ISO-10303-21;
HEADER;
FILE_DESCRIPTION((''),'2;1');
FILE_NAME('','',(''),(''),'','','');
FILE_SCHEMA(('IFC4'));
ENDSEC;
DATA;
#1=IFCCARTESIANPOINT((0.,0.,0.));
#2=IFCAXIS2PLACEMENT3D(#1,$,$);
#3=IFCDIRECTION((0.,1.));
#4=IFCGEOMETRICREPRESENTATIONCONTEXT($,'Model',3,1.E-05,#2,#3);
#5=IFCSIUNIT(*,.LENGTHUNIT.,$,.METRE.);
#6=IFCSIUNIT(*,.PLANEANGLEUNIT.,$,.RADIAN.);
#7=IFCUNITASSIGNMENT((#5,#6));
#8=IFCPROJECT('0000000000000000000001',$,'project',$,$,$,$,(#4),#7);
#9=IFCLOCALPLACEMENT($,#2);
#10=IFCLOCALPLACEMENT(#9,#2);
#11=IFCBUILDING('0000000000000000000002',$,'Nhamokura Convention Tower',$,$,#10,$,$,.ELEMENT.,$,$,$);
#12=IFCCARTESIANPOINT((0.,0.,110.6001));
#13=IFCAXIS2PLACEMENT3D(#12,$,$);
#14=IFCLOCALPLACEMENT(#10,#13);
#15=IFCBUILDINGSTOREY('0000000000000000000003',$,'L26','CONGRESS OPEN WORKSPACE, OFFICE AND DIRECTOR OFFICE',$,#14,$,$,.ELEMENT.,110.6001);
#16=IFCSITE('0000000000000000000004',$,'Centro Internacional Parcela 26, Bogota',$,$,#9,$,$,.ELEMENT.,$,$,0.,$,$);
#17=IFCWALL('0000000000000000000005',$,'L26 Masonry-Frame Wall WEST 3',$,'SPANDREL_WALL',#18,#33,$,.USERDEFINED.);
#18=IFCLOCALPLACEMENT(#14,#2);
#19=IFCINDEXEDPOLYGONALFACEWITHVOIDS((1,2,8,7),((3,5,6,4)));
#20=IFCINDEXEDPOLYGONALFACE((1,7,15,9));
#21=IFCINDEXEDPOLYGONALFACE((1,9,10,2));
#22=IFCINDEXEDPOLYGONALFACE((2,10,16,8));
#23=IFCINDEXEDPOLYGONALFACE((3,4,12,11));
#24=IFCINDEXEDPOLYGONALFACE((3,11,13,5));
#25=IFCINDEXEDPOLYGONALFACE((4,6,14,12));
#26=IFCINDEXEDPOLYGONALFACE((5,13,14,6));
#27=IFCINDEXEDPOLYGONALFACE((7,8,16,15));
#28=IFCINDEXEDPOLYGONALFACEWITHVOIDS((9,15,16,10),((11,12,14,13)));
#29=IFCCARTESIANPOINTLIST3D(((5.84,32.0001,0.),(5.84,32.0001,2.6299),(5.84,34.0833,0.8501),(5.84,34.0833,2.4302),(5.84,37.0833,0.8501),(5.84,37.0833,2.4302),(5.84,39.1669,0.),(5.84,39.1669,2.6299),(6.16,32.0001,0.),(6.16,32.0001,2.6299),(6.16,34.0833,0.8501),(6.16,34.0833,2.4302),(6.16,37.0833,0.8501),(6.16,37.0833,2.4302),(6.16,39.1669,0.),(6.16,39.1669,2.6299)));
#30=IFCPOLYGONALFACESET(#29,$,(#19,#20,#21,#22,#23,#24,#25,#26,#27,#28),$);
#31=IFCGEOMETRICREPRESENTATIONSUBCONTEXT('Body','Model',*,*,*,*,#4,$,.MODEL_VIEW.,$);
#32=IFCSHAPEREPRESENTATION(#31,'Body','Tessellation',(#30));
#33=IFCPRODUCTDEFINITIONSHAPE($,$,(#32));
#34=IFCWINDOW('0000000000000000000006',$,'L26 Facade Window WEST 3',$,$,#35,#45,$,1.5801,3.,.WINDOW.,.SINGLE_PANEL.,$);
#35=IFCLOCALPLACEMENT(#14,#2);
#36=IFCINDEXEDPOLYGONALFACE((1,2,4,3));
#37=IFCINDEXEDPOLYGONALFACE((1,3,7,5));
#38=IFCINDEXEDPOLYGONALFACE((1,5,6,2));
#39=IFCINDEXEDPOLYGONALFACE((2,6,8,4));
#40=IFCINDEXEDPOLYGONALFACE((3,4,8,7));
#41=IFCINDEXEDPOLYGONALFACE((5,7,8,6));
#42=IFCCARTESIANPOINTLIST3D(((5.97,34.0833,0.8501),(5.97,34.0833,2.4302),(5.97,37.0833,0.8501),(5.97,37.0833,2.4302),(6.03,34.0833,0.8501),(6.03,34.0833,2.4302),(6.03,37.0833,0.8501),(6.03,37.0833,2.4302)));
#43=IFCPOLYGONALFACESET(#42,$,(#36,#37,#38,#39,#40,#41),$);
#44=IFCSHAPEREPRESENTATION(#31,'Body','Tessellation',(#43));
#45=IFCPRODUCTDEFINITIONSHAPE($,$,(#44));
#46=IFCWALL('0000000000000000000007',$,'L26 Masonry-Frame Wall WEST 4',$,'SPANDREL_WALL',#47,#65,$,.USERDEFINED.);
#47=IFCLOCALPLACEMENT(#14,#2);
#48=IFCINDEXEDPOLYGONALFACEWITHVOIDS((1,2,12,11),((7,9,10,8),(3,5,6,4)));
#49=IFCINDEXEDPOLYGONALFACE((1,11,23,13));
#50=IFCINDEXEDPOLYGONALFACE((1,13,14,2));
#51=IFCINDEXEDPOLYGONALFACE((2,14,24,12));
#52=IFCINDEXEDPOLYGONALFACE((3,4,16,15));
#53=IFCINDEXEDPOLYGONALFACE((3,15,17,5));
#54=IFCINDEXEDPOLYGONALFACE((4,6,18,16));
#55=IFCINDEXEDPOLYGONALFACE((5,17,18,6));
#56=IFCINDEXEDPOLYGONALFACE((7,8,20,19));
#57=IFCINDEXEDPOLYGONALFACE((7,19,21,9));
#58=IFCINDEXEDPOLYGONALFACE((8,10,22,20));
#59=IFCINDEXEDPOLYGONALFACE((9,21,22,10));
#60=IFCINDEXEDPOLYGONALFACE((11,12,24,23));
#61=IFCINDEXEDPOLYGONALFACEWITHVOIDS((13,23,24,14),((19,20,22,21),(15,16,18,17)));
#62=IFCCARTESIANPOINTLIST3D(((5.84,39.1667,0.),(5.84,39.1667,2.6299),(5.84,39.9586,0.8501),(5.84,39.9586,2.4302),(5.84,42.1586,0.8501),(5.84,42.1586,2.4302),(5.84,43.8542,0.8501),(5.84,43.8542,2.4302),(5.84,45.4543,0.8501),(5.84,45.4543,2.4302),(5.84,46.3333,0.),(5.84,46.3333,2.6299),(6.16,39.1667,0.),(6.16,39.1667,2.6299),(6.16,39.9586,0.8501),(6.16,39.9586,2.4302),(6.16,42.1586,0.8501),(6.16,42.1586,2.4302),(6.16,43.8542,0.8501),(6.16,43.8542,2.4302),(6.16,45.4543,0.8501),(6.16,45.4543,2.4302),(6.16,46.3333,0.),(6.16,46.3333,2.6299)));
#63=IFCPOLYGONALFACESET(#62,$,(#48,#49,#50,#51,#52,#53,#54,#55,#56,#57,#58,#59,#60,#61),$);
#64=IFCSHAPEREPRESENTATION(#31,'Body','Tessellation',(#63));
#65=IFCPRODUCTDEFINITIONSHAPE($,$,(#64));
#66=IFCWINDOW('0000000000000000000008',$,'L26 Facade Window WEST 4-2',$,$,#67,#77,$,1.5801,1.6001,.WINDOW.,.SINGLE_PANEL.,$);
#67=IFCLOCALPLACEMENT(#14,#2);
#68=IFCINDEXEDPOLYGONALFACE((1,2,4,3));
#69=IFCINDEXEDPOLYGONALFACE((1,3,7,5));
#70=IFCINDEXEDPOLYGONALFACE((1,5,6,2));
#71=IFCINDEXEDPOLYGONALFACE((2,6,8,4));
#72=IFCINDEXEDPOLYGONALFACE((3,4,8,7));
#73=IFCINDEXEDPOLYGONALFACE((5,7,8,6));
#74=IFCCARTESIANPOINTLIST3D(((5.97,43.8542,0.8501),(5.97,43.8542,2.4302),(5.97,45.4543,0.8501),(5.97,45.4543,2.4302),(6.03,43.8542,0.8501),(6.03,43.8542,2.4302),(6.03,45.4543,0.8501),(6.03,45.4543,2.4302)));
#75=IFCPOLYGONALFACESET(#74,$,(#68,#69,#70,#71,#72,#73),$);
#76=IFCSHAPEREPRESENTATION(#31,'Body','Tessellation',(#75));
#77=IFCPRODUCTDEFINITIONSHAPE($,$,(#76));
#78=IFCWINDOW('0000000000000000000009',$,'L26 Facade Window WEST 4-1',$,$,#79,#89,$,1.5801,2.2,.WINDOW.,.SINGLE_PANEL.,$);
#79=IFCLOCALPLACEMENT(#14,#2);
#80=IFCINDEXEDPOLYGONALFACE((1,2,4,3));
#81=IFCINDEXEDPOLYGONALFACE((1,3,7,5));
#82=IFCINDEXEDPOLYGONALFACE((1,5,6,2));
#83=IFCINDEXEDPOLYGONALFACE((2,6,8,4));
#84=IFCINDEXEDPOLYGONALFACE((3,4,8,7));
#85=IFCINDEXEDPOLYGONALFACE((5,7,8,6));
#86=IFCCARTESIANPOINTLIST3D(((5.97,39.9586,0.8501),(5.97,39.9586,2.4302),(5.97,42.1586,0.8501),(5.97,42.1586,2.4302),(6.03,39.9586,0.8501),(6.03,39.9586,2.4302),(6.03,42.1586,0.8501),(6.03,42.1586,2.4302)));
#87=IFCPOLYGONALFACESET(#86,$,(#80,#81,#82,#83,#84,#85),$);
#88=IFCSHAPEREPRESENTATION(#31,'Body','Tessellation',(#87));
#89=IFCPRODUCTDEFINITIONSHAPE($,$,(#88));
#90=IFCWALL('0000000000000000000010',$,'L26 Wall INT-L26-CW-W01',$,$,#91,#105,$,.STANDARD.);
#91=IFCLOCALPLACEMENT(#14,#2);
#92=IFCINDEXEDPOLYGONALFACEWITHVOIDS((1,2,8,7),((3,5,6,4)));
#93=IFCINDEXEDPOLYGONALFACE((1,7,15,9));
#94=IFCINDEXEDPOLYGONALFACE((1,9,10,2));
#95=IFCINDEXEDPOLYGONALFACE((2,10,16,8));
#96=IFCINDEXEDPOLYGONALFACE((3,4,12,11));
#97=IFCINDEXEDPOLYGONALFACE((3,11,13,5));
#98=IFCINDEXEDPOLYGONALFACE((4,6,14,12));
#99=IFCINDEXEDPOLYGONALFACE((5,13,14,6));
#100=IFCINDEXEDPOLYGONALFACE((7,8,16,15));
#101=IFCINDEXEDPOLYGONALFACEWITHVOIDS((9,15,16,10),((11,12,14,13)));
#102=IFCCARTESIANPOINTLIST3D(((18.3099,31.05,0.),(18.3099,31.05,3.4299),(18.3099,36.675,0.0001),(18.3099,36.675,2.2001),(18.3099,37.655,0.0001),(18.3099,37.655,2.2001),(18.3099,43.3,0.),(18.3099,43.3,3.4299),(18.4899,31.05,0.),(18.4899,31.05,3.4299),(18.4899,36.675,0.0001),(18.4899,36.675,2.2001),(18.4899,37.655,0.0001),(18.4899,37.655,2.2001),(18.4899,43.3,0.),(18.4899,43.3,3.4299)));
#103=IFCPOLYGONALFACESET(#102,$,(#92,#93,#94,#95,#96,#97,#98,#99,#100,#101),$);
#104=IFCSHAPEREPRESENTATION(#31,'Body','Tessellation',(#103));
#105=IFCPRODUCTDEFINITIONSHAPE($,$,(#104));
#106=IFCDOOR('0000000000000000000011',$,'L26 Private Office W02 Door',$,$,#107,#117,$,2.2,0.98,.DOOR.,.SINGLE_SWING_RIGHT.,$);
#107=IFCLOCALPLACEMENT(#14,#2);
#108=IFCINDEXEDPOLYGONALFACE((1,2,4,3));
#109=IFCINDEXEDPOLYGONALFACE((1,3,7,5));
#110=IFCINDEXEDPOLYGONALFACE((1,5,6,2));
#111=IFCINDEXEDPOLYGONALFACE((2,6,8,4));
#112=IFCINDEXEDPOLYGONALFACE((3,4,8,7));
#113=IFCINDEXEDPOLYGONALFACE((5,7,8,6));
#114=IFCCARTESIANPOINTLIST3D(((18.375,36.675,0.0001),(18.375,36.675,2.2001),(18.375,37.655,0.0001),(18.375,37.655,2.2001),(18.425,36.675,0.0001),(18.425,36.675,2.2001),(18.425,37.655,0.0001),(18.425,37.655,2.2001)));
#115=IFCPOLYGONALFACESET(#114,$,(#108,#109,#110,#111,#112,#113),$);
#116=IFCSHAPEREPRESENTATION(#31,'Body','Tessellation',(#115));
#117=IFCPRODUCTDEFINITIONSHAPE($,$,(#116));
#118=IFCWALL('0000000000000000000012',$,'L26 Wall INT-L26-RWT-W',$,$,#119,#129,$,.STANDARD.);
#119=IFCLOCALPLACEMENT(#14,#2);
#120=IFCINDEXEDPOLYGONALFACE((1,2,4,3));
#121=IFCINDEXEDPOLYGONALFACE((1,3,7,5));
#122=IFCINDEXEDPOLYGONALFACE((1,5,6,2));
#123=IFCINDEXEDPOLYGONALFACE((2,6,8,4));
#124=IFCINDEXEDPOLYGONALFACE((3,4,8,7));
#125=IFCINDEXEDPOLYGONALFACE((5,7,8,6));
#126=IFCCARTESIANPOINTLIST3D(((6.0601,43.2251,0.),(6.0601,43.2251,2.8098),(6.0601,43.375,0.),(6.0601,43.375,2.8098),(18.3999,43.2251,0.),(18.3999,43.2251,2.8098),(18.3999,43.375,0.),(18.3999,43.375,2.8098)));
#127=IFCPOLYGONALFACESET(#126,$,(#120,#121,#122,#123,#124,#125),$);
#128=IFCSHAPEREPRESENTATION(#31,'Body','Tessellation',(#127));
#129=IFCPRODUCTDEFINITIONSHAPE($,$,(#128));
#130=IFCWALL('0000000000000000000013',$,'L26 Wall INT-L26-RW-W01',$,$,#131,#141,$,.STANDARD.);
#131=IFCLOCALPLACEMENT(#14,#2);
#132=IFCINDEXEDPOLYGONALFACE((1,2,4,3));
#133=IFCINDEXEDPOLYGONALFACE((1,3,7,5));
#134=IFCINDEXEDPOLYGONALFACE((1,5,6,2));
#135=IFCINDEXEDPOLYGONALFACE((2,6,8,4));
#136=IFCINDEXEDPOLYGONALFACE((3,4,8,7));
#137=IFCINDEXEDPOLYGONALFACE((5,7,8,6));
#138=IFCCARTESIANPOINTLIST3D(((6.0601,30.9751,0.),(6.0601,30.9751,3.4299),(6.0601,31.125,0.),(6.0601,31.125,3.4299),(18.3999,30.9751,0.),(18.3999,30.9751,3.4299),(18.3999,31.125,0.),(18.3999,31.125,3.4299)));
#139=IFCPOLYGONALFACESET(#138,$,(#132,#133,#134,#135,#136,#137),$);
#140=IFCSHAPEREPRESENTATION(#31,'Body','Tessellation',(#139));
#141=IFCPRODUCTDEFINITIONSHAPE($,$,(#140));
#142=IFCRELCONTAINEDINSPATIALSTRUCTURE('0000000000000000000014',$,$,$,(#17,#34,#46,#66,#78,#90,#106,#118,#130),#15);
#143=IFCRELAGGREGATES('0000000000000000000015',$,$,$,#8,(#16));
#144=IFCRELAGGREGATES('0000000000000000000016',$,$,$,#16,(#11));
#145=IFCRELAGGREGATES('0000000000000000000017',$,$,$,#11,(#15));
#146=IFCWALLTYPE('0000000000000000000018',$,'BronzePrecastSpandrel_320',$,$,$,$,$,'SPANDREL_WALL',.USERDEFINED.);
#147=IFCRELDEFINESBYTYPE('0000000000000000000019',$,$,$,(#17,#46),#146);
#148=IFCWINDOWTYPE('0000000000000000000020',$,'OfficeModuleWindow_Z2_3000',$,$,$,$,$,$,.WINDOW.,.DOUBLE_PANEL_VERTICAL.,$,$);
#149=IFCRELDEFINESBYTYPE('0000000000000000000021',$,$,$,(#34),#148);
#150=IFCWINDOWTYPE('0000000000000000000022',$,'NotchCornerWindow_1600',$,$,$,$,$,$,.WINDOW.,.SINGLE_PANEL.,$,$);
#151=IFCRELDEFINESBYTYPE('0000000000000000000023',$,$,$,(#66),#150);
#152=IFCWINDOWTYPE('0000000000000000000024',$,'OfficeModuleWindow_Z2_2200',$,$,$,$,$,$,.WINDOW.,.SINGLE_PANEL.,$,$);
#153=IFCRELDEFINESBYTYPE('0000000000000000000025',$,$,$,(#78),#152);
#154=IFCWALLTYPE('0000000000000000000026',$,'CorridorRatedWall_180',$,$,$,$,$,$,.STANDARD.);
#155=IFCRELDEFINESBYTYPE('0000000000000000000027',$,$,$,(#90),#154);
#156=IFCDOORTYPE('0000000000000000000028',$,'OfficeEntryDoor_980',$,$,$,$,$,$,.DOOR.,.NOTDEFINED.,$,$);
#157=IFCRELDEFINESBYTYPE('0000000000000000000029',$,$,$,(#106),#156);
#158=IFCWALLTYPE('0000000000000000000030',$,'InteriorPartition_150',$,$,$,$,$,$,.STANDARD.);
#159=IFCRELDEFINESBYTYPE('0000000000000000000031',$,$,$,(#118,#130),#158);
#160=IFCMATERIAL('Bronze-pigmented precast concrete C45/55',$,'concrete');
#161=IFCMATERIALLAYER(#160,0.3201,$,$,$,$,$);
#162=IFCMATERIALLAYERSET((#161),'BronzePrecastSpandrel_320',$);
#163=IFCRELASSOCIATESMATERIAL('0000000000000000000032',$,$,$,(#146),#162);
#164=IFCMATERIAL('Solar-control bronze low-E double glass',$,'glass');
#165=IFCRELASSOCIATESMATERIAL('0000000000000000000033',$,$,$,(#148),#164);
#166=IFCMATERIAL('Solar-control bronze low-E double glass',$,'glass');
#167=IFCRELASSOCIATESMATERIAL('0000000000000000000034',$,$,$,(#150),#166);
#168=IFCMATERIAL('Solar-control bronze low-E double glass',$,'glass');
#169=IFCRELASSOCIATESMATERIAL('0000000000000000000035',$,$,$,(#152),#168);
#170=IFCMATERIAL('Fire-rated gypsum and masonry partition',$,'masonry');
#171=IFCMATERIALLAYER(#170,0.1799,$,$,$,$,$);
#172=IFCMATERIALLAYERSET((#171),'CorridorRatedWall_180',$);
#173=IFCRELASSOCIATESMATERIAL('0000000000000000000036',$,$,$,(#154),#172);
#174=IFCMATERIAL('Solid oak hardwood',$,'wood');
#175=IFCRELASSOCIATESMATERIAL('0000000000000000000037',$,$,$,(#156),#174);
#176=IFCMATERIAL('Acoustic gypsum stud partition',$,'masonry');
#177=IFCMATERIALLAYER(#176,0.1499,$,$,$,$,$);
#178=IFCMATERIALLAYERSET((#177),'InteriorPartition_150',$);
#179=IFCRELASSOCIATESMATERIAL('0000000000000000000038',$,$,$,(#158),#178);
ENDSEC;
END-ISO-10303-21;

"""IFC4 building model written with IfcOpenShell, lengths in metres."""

from ifc_helpers import new_model, si_unit, direction, frame, frame_2d, origin, place, context, subcontext, project, spatial, rectangle, extrude, material, layer, layer_set, type_object, element, fill, save


model = new_model("IFC4")

# Units and contexts
model_context = context("Model", 3, precision=1e-05, world=origin(), true_north=direction((0.0, 1.0)))
body_context = subcontext(model_context, "Body", "Model", "MODEL_VIEW")
ifc_project = project(units=[si_unit("LENGTHUNIT", "METRE"), si_unit("PLANEANGLEUNIT", "RADIAN")], contexts=[model_context])

# Site, building, storey
site_placement = place(None, origin())
site = spatial("IfcSite", under=ifc_project, at=site_placement, Name="Centro Internacional Parcela 26, Bogota", CompositionType="ELEMENT", RefElevation=0.0)
building_placement = place(site_placement, origin())
building = spatial("IfcBuilding", under=site, at=building_placement, Name="Nhamokura Convention Tower", CompositionType="ELEMENT")
storey_placement = place(building_placement, frame((0.0, 0.0, 110.6001)))
storey = spatial("IfcBuildingStorey", under=building, at=storey_placement, Name="L26", Description="CONGRESS OPEN WORKSPACE, OFFICE AND DIRECTOR OFFICE", CompositionType="ELEMENT", Elevation=110.6001)

# Wall, opening, window
ifc_material_1 = material(Name="Bronze-pigmented precast concrete C45/55", Category="concrete")
ifc_layer_1 = layer(ifc_material_1, 0.3201)
ifc_layer_set_1 = layer_set([ifc_layer_1], Name="BronzePrecastSpandrel_320")
wall_type_1 = type_object("IfcWallType", Name="BronzePrecastSpandrel_320", ElementType="SPANDREL_WALL", PredefinedType="USERDEFINED", material=ifc_layer_set_1)
wall_1_placement = place(storey_placement, frame((6.0, 32.0, 0.0), z_axis=(0.0, 0.0, 1.0), x_axis=(0.0, 1.0, 0.0)))
wall_1 = element("IfcWall", 1, at=wall_1_placement, inside=storey, type_object=wall_type_1, Name="L26 Masonry-Frame Wall WEST 3", ObjectType="SPANDREL_WALL", PredefinedType="USERDEFINED", context=body_context, shape_type="SweptSolid", body=[
    extrude(rectangle(XDim=7.1667, YDim=0.3201, at=frame_2d((3.5835, 0.0))), origin(), (0.0, 0.0, 1.0), 2.6299),
])
opening_1_placement = place(wall_1_placement, frame((2.0833, 0.0, 0.8501)))
opening_1 = element("IfcOpeningElement", 2, at=opening_1_placement, cuts=wall_1, PredefinedType="OPENING", context=body_context, shape_type="SweptSolid", body=[
    extrude(rectangle(XDim=3.0, YDim=1.5801, at=frame_2d((1.5, 0.79))), frame((0.0, 0.1699, 0.0), z_axis=(0.0, -1.0, 0.0), x_axis=(1.0, 0.0, 0.0)), (0.0, 0.0, 1.0), 0.3401),
])
ifc_material_2 = material(Name="Solar-control bronze low-E double glass", Category="glass")
window_type_1 = type_object("IfcWindowType", Name="OfficeModuleWindow_Z2_3000", PartitioningType="DOUBLE_PANEL_VERTICAL", PredefinedType="WINDOW", material=ifc_material_2)
window_1_placement = place(opening_1_placement, origin())
window_1 = element("IfcWindow", 3, at=window_1_placement, inside=storey, type_object=window_type_1, Name="L26 Facade Window WEST 3", OverallHeight=1.5801, OverallWidth=3.0, PartitioningType="SINGLE_PANEL", PredefinedType="WINDOW", context=body_context, shape_type="SweptSolid", body=[
    extrude(rectangle(XDim=3.0, YDim=1.5801, at=frame_2d((1.5, 0.79))), frame((0.0, 0.03, 0.0), z_axis=(0.0, -1.0, 0.0), x_axis=(1.0, 0.0, 0.0)), (0.0, 0.0, 1.0), 0.0601),
])
fill(opening_1, window_1)

# Wall, openings, windows
wall_2_placement = place(storey_placement, frame((6.0, 39.1667, 0.0), z_axis=(0.0, 0.0, 1.0), x_axis=(0.0, 1.0, 0.0)))
wall_2 = element("IfcWall", 4, at=wall_2_placement, inside=storey, type_object=wall_type_1, Name="L26 Masonry-Frame Wall WEST 4", ObjectType="SPANDREL_WALL", PredefinedType="USERDEFINED", context=body_context, shape_type="SweptSolid", body=[
    extrude(rectangle(XDim=7.1665, YDim=0.3201, at=frame_2d((3.5833, 0.0))), origin(), (0.0, 0.0, 1.0), 2.6299),
])
opening_2_placement = place(wall_2_placement, frame((0.7917, 0.0, 0.8501)))
opening_2 = element("IfcOpeningElement", 5, at=opening_2_placement, cuts=wall_2, PredefinedType="OPENING", context=body_context, shape_type="SweptSolid", body=[
    extrude(rectangle(XDim=2.2, YDim=1.5801, at=frame_2d((1.1001, 0.79))), frame((0.0, 0.1699, 0.0), z_axis=(0.0, -1.0, 0.0), x_axis=(1.0, 0.0, 0.0)), (0.0, 0.0, 1.0), 0.3401),
])
opening_3_placement = place(wall_2_placement, frame((4.6875, 0.0, 0.8501)))
opening_3 = element("IfcOpeningElement", 6, at=opening_3_placement, cuts=wall_2, PredefinedType="OPENING", context=body_context, shape_type="SweptSolid", body=[
    extrude(rectangle(XDim=1.6001, YDim=1.5801, at=frame_2d((0.8, 0.79))), frame((0.0, 0.1699, 0.0), z_axis=(0.0, -1.0, 0.0), x_axis=(1.0, 0.0, 0.0)), (0.0, 0.0, 1.0), 0.3401),
])
ifc_material_3 = material(Name="Solar-control bronze low-E double glass", Category="glass")
window_type_2 = type_object("IfcWindowType", Name="NotchCornerWindow_1600", PartitioningType="SINGLE_PANEL", PredefinedType="WINDOW", material=ifc_material_3)
window_2_placement = place(opening_3_placement, origin())
window_2 = element("IfcWindow", 7, at=window_2_placement, inside=storey, type_object=window_type_2, Name="L26 Facade Window WEST 4-2", OverallHeight=1.5801, OverallWidth=1.6001, PartitioningType="SINGLE_PANEL", PredefinedType="WINDOW", context=body_context, shape_type="SweptSolid", body=[
    extrude(rectangle(XDim=1.6001, YDim=1.5801, at=frame_2d((0.8, 0.79))), frame((0.0, 0.03, 0.0), z_axis=(0.0, -1.0, 0.0), x_axis=(1.0, 0.0, 0.0)), (0.0, 0.0, 1.0), 0.0601),
])
fill(opening_3, window_2)
ifc_material_4 = material(Name="Solar-control bronze low-E double glass", Category="glass")
window_type_3 = type_object("IfcWindowType", Name="OfficeModuleWindow_Z2_2200", PartitioningType="SINGLE_PANEL", PredefinedType="WINDOW", material=ifc_material_4)
window_3_placement = place(opening_2_placement, origin())
window_3 = element("IfcWindow", 8, at=window_3_placement, inside=storey, type_object=window_type_3, Name="L26 Facade Window WEST 4-1", OverallHeight=1.5801, OverallWidth=2.2, PartitioningType="SINGLE_PANEL", PredefinedType="WINDOW", context=body_context, shape_type="SweptSolid", body=[
    extrude(rectangle(XDim=2.2, YDim=1.5801, at=frame_2d((1.1001, 0.79))), frame((0.0, 0.03, 0.0), z_axis=(0.0, -1.0, 0.0), x_axis=(1.0, 0.0, 0.0)), (0.0, 0.0, 1.0), 0.0601),
])
fill(opening_2, window_3)

# Wall, opening, door
ifc_material_5 = material(Name="Fire-rated gypsum and masonry partition", Category="masonry")
ifc_layer_2 = layer(ifc_material_5, 0.1799)
ifc_layer_set_2 = layer_set([ifc_layer_2], Name="CorridorRatedWall_180")
wall_type_2 = type_object("IfcWallType", Name="CorridorRatedWall_180", PredefinedType="STANDARD", material=ifc_layer_set_2)
wall_3_placement = place(storey_placement, frame((18.3999, 31.05, 0.0), z_axis=(0.0, 0.0, 1.0), x_axis=(0.0, 1.0, 0.0)))
wall_3 = element("IfcWall", 9, at=wall_3_placement, inside=storey, type_object=wall_type_2, Name="L26 Wall INT-L26-CW-W01", PredefinedType="STANDARD", context=body_context, shape_type="SweptSolid", body=[
    extrude(rectangle(XDim=12.25, YDim=0.1799, at=frame_2d((6.125, 0.0))), origin(), (0.0, 0.0, 1.0), 3.4299),
])
opening_4_placement = place(wall_3_placement, frame((5.625, 0.0, 0.0)))
opening_4 = element("IfcOpeningElement", 10, at=opening_4_placement, cuts=wall_3, PredefinedType="OPENING", context=body_context, shape_type="SweptSolid", body=[
    extrude(rectangle(XDim=0.98, YDim=2.2, at=frame_2d((0.49, 1.1001))), frame((0.0, 0.0999, 0.0), z_axis=(0.0, -1.0, 0.0), x_axis=(1.0, 0.0, 0.0)), (0.0, 0.0, 1.0), 0.2),
])
ifc_material_6 = material(Name="Solid oak hardwood", Category="wood")
door_type = type_object("IfcDoorType", Name="OfficeEntryDoor_980", OperationType="NOTDEFINED", PredefinedType="DOOR", material=ifc_material_6)
door_placement = place(opening_4_placement, origin())
door = element("IfcDoor", 11, at=door_placement, inside=storey, type_object=door_type, Name="L26 Private Office W02 Door", OperationType="SINGLE_SWING_RIGHT", OverallHeight=2.2, OverallWidth=0.98, PredefinedType="DOOR", context=body_context, shape_type="SweptSolid", body=[
    extrude(rectangle(XDim=0.98, YDim=2.2, at=frame_2d((0.49, 1.1001))), frame((0.0, 0.0249, 0.0), z_axis=(0.0, -1.0, 0.0), x_axis=(1.0, 0.0, 0.0)), (0.0, 0.0, 1.0), 0.05),
])
fill(opening_4, door)

# Walls
ifc_material_7 = material(Name="Acoustic gypsum stud partition", Category="masonry")
ifc_layer_3 = layer(ifc_material_7, 0.1499)
ifc_layer_set_3 = layer_set([ifc_layer_3], Name="InteriorPartition_150")
wall_type_3 = type_object("IfcWallType", Name="InteriorPartition_150", PredefinedType="STANDARD", material=ifc_layer_set_3)
wall_4_placement = place(storey_placement, frame((6.0601, 43.3, 0.0), z_axis=(0.0, 0.0, 1.0), x_axis=(1.0, 0.0, 0.0)))
element("IfcWall", 12, at=wall_4_placement, inside=storey, type_object=wall_type_3, Name="L26 Wall INT-L26-RWT-W", PredefinedType="STANDARD", context=body_context, shape_type="SweptSolid", body=[
    extrude(rectangle(XDim=12.3398, YDim=0.1499, at=frame_2d((6.1699, 0.0))), origin(), (0.0, 0.0, 1.0), 2.8098),
])
wall_5_placement = place(storey_placement, frame((6.0601, 31.05, 0.0), z_axis=(0.0, 0.0, 1.0), x_axis=(1.0, 0.0, 0.0)))
element("IfcWall", 13, at=wall_5_placement, inside=storey, type_object=wall_type_3, Name="L26 Wall INT-L26-RW-W01", PredefinedType="STANDARD", context=body_context, shape_type="SweptSolid", body=[
    extrude(rectangle(XDim=12.3398, YDim=0.1499, at=frame_2d((6.1699, 0.0))), origin(), (0.0, 0.0, 1.0), 3.4299),
])

save(model, "model.ifc")
